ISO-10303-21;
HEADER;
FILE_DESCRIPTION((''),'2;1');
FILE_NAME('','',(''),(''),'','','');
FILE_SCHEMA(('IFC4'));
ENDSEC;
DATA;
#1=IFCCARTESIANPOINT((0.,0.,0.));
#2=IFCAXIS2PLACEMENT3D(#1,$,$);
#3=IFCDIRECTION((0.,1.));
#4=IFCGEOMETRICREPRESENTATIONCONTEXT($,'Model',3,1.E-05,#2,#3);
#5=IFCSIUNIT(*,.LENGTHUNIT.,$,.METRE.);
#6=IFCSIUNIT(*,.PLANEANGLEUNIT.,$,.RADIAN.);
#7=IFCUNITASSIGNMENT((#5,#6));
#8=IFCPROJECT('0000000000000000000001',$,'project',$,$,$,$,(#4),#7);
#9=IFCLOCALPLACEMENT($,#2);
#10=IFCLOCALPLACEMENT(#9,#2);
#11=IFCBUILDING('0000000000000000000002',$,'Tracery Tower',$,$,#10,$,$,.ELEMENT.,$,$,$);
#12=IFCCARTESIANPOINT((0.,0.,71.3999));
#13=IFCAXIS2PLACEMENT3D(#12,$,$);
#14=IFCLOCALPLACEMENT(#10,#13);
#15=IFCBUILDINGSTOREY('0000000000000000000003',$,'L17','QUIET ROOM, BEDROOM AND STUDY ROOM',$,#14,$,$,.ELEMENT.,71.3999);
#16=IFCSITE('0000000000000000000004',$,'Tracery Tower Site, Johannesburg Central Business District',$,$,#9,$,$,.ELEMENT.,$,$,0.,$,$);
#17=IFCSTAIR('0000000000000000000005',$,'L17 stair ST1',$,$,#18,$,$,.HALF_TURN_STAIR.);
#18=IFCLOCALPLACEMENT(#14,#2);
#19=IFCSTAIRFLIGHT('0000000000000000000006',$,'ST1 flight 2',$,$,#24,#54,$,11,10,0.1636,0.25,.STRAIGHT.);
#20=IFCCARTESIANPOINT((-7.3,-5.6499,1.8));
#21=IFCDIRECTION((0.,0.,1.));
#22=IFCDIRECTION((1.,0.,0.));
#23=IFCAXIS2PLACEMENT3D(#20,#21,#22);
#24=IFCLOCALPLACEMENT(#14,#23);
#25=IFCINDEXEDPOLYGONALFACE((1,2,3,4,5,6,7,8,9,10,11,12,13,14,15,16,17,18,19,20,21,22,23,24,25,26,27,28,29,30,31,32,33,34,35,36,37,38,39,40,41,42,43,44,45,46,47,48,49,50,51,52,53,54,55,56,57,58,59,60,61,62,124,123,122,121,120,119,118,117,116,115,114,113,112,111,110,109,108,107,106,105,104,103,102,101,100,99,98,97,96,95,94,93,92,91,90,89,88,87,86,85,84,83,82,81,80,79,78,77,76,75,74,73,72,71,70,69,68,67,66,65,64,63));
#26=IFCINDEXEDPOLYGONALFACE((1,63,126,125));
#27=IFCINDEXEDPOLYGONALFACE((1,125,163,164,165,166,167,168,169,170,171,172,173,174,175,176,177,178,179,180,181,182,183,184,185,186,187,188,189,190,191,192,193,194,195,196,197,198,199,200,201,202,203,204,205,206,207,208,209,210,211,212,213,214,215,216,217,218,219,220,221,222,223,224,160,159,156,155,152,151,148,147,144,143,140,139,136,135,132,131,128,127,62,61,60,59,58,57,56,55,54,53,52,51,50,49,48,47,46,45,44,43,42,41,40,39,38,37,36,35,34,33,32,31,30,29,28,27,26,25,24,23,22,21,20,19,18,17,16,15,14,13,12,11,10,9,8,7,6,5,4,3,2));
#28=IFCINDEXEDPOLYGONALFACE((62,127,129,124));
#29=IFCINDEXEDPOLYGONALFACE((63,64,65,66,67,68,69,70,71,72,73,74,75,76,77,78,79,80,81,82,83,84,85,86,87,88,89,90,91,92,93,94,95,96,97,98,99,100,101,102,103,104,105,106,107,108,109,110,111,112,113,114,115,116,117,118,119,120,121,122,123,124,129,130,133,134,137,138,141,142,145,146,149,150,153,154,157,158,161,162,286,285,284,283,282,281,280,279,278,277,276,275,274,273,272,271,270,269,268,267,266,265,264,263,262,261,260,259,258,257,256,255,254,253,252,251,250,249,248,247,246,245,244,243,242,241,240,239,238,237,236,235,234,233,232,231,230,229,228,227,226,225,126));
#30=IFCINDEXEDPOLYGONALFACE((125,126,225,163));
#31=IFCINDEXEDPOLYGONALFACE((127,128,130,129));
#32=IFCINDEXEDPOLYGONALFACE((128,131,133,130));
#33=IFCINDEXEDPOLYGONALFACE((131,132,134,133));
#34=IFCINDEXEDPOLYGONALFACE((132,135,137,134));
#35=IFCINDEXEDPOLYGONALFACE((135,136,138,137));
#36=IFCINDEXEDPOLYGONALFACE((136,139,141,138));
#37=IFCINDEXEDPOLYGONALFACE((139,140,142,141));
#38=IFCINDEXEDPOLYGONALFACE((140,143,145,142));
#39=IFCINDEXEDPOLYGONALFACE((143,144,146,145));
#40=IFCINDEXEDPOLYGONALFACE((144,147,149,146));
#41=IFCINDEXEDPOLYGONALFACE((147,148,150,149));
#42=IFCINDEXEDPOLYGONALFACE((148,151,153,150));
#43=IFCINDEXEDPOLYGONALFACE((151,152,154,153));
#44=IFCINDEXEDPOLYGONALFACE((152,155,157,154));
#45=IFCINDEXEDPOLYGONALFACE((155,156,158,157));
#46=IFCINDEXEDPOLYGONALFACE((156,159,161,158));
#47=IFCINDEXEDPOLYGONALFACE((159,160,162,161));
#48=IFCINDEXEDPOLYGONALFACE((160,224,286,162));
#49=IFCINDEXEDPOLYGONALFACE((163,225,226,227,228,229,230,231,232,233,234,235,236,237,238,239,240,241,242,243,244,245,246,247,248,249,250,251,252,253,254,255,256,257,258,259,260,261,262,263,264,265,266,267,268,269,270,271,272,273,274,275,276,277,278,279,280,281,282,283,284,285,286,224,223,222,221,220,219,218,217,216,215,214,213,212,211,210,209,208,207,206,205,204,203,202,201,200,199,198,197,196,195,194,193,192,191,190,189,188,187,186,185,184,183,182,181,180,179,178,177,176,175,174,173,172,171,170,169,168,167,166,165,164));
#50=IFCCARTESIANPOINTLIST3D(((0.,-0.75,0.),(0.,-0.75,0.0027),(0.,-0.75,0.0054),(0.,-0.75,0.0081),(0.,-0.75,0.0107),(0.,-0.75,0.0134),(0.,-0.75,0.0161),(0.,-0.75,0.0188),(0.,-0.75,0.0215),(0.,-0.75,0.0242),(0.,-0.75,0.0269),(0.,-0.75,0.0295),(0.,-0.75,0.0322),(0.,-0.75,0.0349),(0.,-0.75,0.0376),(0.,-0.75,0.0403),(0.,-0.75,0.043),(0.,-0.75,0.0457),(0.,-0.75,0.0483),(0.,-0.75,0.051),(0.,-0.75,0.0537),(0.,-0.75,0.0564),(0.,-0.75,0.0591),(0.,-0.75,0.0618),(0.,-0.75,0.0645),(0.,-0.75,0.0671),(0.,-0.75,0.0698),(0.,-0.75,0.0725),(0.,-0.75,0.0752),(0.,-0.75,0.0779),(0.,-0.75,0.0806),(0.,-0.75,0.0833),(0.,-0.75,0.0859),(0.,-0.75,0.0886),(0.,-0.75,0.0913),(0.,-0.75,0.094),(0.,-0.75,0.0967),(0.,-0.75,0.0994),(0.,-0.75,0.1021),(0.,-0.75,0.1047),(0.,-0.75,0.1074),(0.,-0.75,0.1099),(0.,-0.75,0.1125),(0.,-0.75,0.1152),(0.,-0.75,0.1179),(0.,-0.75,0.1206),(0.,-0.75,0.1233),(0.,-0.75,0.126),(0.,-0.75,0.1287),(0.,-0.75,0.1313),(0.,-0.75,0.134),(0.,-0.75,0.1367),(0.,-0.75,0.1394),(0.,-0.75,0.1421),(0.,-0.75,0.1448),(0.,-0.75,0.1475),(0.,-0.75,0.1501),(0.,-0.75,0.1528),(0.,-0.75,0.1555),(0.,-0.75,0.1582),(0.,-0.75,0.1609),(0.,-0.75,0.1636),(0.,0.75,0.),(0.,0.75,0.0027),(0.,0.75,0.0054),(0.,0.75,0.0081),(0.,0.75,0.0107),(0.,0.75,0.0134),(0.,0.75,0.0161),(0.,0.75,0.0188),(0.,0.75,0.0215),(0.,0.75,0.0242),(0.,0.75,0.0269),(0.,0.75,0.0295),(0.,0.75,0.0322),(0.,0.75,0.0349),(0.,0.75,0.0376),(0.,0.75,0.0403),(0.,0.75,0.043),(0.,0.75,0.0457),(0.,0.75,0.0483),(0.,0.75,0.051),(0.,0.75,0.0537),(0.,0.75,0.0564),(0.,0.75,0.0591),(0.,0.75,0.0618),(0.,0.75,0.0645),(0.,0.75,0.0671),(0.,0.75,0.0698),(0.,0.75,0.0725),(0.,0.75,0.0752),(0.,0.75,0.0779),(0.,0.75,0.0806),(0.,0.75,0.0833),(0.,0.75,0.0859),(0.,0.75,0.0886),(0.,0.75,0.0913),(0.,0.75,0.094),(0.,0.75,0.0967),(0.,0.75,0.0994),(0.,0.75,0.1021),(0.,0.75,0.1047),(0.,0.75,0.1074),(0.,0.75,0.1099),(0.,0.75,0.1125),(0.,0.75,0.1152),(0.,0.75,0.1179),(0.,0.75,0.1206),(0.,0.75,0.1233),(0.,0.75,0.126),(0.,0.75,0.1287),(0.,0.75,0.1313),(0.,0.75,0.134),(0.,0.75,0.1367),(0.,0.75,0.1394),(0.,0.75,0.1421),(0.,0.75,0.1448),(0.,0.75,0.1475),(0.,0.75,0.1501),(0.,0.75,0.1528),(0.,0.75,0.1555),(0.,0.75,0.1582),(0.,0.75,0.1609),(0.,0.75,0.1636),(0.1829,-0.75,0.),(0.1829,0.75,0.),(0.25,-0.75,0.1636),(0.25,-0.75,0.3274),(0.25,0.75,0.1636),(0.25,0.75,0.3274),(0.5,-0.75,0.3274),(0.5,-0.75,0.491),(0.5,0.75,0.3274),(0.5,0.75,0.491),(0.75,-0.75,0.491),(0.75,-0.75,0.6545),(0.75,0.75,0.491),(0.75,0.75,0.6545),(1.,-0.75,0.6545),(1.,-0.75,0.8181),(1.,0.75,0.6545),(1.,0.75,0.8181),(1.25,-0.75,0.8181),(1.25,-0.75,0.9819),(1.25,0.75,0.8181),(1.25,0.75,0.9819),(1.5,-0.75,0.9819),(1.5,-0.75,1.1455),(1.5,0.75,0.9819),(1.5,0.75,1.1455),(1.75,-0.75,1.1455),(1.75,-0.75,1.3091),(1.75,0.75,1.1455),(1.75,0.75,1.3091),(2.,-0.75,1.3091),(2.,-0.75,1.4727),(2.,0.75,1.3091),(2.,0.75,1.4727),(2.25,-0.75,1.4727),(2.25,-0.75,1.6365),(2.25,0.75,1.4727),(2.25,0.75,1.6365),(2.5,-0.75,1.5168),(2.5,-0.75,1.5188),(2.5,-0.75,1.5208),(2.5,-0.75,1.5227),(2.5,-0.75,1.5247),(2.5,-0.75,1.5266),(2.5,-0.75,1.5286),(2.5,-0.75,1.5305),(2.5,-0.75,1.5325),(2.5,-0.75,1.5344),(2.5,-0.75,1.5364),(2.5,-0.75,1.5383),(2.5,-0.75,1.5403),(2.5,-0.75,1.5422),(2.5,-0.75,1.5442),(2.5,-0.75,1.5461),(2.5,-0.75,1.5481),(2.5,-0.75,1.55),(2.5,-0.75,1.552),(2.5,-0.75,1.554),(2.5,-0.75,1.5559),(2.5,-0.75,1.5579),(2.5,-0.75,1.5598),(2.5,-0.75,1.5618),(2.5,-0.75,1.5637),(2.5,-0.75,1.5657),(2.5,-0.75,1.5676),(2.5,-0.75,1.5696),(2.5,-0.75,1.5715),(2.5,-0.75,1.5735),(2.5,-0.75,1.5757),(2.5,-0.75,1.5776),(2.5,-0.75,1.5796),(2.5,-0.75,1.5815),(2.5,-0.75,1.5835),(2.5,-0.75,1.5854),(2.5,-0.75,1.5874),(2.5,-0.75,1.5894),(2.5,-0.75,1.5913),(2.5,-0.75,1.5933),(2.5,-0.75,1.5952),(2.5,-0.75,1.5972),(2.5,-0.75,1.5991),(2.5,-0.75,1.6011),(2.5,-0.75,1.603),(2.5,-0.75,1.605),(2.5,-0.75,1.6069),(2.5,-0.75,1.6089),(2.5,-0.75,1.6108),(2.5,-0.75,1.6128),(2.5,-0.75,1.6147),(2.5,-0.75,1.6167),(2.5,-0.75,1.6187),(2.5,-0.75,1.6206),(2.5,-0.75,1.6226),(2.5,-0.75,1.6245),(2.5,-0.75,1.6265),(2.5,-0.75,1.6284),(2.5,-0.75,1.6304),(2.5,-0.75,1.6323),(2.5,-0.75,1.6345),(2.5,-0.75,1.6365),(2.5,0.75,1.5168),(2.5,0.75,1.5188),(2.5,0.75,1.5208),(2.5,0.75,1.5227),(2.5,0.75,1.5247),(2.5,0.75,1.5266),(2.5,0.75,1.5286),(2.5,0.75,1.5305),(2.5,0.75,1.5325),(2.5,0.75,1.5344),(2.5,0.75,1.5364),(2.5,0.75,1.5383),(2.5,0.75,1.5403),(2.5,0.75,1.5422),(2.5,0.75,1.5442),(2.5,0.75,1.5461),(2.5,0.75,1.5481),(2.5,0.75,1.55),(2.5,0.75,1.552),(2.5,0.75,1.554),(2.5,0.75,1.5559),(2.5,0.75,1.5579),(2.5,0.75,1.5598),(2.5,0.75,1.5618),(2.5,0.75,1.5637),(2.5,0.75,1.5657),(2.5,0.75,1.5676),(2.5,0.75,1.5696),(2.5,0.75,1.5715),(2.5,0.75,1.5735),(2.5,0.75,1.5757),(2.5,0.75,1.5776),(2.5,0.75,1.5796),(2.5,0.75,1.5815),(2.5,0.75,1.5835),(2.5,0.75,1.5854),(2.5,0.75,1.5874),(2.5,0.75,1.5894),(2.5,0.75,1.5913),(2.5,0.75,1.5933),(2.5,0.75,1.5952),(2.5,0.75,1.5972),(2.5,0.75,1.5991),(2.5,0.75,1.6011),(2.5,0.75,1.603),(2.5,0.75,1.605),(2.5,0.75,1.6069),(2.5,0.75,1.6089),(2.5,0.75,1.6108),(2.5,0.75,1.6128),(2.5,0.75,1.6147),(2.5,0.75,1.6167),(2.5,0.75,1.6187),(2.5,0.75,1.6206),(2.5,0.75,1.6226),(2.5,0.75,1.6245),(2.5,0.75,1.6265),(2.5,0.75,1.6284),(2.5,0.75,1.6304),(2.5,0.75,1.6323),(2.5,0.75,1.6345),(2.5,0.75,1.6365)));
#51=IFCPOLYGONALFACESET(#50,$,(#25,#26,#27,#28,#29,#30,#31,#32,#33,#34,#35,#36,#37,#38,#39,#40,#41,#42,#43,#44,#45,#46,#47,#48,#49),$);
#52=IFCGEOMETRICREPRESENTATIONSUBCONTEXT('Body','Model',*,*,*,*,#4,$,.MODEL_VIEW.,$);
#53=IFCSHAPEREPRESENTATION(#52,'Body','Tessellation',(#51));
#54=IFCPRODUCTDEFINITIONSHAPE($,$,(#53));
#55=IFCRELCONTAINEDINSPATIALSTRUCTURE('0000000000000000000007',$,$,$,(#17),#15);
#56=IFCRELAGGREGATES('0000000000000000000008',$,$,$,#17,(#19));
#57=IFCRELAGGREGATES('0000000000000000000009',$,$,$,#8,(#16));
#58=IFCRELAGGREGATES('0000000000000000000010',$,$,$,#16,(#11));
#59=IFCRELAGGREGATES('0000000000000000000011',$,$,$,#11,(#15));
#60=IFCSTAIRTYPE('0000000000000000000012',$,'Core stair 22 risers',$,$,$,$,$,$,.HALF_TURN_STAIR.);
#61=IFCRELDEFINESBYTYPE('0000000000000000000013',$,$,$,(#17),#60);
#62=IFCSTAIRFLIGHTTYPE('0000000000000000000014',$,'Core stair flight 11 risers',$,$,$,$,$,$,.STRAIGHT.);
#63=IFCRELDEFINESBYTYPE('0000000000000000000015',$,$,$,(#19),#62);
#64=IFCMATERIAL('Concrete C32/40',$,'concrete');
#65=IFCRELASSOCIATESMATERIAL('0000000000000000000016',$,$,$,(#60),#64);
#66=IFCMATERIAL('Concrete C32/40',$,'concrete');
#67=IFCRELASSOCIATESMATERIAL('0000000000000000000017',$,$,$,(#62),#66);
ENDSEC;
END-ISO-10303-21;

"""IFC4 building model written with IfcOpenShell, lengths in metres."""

from ifc_helpers import new_model, si_unit, direction, frame, origin, place, context, subcontext, project, spatial, polyline, outline, extrude, material, type_object, element, aggregate, save


model = new_model("IFC4")

# Units and contexts
model_context = context("Model", 3, precision=1e-05, world=origin(), true_north=direction((0.0, 1.0)))
body_context = subcontext(model_context, "Body", "Model", "MODEL_VIEW")
ifc_project = project(units=[si_unit("LENGTHUNIT", "METRE"), si_unit("PLANEANGLEUNIT", "RADIAN")], contexts=[model_context])

# Site, building, storey
site_placement = place(None, origin())
site = spatial("IfcSite", under=ifc_project, at=site_placement, Name="Tracery Tower Site, Johannesburg Central Business District", CompositionType="ELEMENT", RefElevation=0.0)
building_placement = place(site_placement, origin())
building = spatial("IfcBuilding", under=site, at=building_placement, Name="Tracery Tower", CompositionType="ELEMENT")
storey_placement = place(building_placement, frame((0.0, 0.0, 71.3999)))
storey = spatial("IfcBuildingStorey", under=building, at=storey_placement, Name="L17", Description="QUIET ROOM, BEDROOM AND STUDY ROOM", CompositionType="ELEMENT", Elevation=71.3999)

# Stair, stair flight
ifc_material_1 = material(Name="Concrete C32/40", Category="concrete")
stair_type = type_object("IfcStairType", Name="Core stair 22 risers", PredefinedType="HALF_TURN_STAIR", material=ifc_material_1)
stair_placement = place(storey_placement, origin())
stair = element("IfcStair", 1, at=stair_placement, inside=storey, type_object=stair_type, Name="L17 stair ST1", PredefinedType="HALF_TURN_STAIR")
ifc_material_2 = material(Name="Concrete C32/40", Category="concrete")
stair_flight_type = type_object("IfcStairFlightType", Name="Core stair flight 11 risers", PredefinedType="STRAIGHT", material=ifc_material_2)
stair_flight_1_placement = place(storey_placement, frame((-7.3, -5.6499, 1.8), z_axis=(0.0, 0.0, 1.0), x_axis=(1.0, 0.0, 0.0)))
stair_flight_1 = element("IfcStairFlight", 2, at=stair_flight_1_placement, type_object=stair_flight_type, Name="ST1 flight 2", NumberOfRisers=11, NumberOfTreads=10, PredefinedType="STRAIGHT", RiserHeight=0.1636, TreadLength=0.25, context=body_context, shape_type="SweptSolid", body=[
    extrude(outline(polyline([(0.0, 0.0), (0.0, 0.0027), (0.0, 0.0054), (0.0, 0.0081), (0.0, 0.0107), (0.0, 0.0134), (0.0, 0.0161), (0.0, 0.0188), (0.0, 0.0215), (0.0, 0.0242), (0.0, 0.0269), (0.0, 0.0295), (0.0, 0.0322), (0.0, 0.0349), (0.0, 0.0376), (0.0, 0.0403), (0.0, 0.043), (0.0, 0.0457), (0.0, 0.0483), (0.0, 0.051), (0.0, 0.0537), (0.0, 0.0564), (0.0, 0.0591), (0.0, 0.0618), (0.0, 0.0645), (0.0, 0.0671), (0.0, 0.0698), (0.0, 0.0725), (0.0, 0.0752), (0.0, 0.0779), (0.0, 0.0806), (0.0, 0.0833), (0.0, 0.0859), (0.0, 0.0886), (0.0, 0.0913), (0.0, 0.094), (0.0, 0.0967), (0.0, 0.0994), (0.0, 0.1021), (0.0, 0.1047), (0.0, 0.1074), (0.0, 0.1099), (0.0, 0.1125), (0.0, 0.1152), (0.0, 0.1179), (0.0, 0.1206), (0.0, 0.1233), (0.0, 0.126), (0.0, 0.1287), (0.0, 0.1313), (0.0, 0.134), (0.0, 0.1367), (0.0, 0.1394), (0.0, 0.1421), (0.0, 0.1448), (0.0, 0.1475), (0.0, 0.1501), (0.0, 0.1528), (0.0, 0.1555), (0.0, 0.1582), (0.0, 0.1609), (0.0, 0.1636), (0.25, 0.1636), (0.25, 0.3274), (0.5, 0.3274), (0.5, 0.491), (0.75, 0.491), (0.75, 0.6545), (1.0, 0.6545), (1.0, 0.8181), (1.25, 0.8181), (1.25, 0.9819), (1.5, 0.9819), (1.5, 1.1455), (1.75, 1.1455), (1.75, 1.3091), (2.0, 1.3091), (2.0, 1.4727), (2.25, 1.4727), (2.25, 1.6365), (2.5, 1.6365), (2.5, 1.6345), (2.5, 1.6323), (2.5, 1.6304), (2.5, 1.6284), (2.5, 1.6265), (2.5, 1.6245), (2.5, 1.6226), (2.5, 1.6206), (2.5, 1.6187), (2.5, 1.6167), (2.5, 1.6147), (2.5, 1.6128), (2.5, 1.6108), (2.5, 1.6089), (2.5, 1.6069), (2.5, 1.605), (2.5, 1.603), (2.5, 1.6011), (2.5, 1.5991), (2.5, 1.5972), (2.5, 1.5952), (2.5, 1.5933), (2.5, 1.5913), (2.5, 1.5894), (2.5, 1.5874), (2.5, 1.5854), (2.5, 1.5835), (2.5, 1.5815), (2.5, 1.5796), (2.5, 1.5776), (2.5, 1.5757), (2.5, 1.5735), (2.5, 1.5715), (2.5, 1.5696), (2.5, 1.5676), (2.5, 1.5657), (2.5, 1.5637), (2.5, 1.5618), (2.5, 1.5598), (2.5, 1.5579), (2.5, 1.5559), (2.5, 1.554), (2.5, 1.552), (2.5, 1.55), (2.5, 1.5481), (2.5, 1.5461), (2.5, 1.5442), (2.5, 1.5422), (2.5, 1.5403), (2.5, 1.5383), (2.5, 1.5364), (2.5, 1.5344), (2.5, 1.5325), (2.5, 1.5305), (2.5, 1.5286), (2.5, 1.5266), (2.5, 1.5247), (2.5, 1.5227), (2.5, 1.5208), (2.5, 1.5188), (2.5, 1.5168), (0.1829, 0.0), (0.0, 0.0)])), frame((0.0, 0.75, 0.0), z_axis=(0.0, -1.0, 0.0), x_axis=(1.0, 0.0, 0.0)), (0.0, 0.0, 1.0), 1.5),
])
aggregate(stair, [stair_flight_1])

save(model, "model.ifc")
